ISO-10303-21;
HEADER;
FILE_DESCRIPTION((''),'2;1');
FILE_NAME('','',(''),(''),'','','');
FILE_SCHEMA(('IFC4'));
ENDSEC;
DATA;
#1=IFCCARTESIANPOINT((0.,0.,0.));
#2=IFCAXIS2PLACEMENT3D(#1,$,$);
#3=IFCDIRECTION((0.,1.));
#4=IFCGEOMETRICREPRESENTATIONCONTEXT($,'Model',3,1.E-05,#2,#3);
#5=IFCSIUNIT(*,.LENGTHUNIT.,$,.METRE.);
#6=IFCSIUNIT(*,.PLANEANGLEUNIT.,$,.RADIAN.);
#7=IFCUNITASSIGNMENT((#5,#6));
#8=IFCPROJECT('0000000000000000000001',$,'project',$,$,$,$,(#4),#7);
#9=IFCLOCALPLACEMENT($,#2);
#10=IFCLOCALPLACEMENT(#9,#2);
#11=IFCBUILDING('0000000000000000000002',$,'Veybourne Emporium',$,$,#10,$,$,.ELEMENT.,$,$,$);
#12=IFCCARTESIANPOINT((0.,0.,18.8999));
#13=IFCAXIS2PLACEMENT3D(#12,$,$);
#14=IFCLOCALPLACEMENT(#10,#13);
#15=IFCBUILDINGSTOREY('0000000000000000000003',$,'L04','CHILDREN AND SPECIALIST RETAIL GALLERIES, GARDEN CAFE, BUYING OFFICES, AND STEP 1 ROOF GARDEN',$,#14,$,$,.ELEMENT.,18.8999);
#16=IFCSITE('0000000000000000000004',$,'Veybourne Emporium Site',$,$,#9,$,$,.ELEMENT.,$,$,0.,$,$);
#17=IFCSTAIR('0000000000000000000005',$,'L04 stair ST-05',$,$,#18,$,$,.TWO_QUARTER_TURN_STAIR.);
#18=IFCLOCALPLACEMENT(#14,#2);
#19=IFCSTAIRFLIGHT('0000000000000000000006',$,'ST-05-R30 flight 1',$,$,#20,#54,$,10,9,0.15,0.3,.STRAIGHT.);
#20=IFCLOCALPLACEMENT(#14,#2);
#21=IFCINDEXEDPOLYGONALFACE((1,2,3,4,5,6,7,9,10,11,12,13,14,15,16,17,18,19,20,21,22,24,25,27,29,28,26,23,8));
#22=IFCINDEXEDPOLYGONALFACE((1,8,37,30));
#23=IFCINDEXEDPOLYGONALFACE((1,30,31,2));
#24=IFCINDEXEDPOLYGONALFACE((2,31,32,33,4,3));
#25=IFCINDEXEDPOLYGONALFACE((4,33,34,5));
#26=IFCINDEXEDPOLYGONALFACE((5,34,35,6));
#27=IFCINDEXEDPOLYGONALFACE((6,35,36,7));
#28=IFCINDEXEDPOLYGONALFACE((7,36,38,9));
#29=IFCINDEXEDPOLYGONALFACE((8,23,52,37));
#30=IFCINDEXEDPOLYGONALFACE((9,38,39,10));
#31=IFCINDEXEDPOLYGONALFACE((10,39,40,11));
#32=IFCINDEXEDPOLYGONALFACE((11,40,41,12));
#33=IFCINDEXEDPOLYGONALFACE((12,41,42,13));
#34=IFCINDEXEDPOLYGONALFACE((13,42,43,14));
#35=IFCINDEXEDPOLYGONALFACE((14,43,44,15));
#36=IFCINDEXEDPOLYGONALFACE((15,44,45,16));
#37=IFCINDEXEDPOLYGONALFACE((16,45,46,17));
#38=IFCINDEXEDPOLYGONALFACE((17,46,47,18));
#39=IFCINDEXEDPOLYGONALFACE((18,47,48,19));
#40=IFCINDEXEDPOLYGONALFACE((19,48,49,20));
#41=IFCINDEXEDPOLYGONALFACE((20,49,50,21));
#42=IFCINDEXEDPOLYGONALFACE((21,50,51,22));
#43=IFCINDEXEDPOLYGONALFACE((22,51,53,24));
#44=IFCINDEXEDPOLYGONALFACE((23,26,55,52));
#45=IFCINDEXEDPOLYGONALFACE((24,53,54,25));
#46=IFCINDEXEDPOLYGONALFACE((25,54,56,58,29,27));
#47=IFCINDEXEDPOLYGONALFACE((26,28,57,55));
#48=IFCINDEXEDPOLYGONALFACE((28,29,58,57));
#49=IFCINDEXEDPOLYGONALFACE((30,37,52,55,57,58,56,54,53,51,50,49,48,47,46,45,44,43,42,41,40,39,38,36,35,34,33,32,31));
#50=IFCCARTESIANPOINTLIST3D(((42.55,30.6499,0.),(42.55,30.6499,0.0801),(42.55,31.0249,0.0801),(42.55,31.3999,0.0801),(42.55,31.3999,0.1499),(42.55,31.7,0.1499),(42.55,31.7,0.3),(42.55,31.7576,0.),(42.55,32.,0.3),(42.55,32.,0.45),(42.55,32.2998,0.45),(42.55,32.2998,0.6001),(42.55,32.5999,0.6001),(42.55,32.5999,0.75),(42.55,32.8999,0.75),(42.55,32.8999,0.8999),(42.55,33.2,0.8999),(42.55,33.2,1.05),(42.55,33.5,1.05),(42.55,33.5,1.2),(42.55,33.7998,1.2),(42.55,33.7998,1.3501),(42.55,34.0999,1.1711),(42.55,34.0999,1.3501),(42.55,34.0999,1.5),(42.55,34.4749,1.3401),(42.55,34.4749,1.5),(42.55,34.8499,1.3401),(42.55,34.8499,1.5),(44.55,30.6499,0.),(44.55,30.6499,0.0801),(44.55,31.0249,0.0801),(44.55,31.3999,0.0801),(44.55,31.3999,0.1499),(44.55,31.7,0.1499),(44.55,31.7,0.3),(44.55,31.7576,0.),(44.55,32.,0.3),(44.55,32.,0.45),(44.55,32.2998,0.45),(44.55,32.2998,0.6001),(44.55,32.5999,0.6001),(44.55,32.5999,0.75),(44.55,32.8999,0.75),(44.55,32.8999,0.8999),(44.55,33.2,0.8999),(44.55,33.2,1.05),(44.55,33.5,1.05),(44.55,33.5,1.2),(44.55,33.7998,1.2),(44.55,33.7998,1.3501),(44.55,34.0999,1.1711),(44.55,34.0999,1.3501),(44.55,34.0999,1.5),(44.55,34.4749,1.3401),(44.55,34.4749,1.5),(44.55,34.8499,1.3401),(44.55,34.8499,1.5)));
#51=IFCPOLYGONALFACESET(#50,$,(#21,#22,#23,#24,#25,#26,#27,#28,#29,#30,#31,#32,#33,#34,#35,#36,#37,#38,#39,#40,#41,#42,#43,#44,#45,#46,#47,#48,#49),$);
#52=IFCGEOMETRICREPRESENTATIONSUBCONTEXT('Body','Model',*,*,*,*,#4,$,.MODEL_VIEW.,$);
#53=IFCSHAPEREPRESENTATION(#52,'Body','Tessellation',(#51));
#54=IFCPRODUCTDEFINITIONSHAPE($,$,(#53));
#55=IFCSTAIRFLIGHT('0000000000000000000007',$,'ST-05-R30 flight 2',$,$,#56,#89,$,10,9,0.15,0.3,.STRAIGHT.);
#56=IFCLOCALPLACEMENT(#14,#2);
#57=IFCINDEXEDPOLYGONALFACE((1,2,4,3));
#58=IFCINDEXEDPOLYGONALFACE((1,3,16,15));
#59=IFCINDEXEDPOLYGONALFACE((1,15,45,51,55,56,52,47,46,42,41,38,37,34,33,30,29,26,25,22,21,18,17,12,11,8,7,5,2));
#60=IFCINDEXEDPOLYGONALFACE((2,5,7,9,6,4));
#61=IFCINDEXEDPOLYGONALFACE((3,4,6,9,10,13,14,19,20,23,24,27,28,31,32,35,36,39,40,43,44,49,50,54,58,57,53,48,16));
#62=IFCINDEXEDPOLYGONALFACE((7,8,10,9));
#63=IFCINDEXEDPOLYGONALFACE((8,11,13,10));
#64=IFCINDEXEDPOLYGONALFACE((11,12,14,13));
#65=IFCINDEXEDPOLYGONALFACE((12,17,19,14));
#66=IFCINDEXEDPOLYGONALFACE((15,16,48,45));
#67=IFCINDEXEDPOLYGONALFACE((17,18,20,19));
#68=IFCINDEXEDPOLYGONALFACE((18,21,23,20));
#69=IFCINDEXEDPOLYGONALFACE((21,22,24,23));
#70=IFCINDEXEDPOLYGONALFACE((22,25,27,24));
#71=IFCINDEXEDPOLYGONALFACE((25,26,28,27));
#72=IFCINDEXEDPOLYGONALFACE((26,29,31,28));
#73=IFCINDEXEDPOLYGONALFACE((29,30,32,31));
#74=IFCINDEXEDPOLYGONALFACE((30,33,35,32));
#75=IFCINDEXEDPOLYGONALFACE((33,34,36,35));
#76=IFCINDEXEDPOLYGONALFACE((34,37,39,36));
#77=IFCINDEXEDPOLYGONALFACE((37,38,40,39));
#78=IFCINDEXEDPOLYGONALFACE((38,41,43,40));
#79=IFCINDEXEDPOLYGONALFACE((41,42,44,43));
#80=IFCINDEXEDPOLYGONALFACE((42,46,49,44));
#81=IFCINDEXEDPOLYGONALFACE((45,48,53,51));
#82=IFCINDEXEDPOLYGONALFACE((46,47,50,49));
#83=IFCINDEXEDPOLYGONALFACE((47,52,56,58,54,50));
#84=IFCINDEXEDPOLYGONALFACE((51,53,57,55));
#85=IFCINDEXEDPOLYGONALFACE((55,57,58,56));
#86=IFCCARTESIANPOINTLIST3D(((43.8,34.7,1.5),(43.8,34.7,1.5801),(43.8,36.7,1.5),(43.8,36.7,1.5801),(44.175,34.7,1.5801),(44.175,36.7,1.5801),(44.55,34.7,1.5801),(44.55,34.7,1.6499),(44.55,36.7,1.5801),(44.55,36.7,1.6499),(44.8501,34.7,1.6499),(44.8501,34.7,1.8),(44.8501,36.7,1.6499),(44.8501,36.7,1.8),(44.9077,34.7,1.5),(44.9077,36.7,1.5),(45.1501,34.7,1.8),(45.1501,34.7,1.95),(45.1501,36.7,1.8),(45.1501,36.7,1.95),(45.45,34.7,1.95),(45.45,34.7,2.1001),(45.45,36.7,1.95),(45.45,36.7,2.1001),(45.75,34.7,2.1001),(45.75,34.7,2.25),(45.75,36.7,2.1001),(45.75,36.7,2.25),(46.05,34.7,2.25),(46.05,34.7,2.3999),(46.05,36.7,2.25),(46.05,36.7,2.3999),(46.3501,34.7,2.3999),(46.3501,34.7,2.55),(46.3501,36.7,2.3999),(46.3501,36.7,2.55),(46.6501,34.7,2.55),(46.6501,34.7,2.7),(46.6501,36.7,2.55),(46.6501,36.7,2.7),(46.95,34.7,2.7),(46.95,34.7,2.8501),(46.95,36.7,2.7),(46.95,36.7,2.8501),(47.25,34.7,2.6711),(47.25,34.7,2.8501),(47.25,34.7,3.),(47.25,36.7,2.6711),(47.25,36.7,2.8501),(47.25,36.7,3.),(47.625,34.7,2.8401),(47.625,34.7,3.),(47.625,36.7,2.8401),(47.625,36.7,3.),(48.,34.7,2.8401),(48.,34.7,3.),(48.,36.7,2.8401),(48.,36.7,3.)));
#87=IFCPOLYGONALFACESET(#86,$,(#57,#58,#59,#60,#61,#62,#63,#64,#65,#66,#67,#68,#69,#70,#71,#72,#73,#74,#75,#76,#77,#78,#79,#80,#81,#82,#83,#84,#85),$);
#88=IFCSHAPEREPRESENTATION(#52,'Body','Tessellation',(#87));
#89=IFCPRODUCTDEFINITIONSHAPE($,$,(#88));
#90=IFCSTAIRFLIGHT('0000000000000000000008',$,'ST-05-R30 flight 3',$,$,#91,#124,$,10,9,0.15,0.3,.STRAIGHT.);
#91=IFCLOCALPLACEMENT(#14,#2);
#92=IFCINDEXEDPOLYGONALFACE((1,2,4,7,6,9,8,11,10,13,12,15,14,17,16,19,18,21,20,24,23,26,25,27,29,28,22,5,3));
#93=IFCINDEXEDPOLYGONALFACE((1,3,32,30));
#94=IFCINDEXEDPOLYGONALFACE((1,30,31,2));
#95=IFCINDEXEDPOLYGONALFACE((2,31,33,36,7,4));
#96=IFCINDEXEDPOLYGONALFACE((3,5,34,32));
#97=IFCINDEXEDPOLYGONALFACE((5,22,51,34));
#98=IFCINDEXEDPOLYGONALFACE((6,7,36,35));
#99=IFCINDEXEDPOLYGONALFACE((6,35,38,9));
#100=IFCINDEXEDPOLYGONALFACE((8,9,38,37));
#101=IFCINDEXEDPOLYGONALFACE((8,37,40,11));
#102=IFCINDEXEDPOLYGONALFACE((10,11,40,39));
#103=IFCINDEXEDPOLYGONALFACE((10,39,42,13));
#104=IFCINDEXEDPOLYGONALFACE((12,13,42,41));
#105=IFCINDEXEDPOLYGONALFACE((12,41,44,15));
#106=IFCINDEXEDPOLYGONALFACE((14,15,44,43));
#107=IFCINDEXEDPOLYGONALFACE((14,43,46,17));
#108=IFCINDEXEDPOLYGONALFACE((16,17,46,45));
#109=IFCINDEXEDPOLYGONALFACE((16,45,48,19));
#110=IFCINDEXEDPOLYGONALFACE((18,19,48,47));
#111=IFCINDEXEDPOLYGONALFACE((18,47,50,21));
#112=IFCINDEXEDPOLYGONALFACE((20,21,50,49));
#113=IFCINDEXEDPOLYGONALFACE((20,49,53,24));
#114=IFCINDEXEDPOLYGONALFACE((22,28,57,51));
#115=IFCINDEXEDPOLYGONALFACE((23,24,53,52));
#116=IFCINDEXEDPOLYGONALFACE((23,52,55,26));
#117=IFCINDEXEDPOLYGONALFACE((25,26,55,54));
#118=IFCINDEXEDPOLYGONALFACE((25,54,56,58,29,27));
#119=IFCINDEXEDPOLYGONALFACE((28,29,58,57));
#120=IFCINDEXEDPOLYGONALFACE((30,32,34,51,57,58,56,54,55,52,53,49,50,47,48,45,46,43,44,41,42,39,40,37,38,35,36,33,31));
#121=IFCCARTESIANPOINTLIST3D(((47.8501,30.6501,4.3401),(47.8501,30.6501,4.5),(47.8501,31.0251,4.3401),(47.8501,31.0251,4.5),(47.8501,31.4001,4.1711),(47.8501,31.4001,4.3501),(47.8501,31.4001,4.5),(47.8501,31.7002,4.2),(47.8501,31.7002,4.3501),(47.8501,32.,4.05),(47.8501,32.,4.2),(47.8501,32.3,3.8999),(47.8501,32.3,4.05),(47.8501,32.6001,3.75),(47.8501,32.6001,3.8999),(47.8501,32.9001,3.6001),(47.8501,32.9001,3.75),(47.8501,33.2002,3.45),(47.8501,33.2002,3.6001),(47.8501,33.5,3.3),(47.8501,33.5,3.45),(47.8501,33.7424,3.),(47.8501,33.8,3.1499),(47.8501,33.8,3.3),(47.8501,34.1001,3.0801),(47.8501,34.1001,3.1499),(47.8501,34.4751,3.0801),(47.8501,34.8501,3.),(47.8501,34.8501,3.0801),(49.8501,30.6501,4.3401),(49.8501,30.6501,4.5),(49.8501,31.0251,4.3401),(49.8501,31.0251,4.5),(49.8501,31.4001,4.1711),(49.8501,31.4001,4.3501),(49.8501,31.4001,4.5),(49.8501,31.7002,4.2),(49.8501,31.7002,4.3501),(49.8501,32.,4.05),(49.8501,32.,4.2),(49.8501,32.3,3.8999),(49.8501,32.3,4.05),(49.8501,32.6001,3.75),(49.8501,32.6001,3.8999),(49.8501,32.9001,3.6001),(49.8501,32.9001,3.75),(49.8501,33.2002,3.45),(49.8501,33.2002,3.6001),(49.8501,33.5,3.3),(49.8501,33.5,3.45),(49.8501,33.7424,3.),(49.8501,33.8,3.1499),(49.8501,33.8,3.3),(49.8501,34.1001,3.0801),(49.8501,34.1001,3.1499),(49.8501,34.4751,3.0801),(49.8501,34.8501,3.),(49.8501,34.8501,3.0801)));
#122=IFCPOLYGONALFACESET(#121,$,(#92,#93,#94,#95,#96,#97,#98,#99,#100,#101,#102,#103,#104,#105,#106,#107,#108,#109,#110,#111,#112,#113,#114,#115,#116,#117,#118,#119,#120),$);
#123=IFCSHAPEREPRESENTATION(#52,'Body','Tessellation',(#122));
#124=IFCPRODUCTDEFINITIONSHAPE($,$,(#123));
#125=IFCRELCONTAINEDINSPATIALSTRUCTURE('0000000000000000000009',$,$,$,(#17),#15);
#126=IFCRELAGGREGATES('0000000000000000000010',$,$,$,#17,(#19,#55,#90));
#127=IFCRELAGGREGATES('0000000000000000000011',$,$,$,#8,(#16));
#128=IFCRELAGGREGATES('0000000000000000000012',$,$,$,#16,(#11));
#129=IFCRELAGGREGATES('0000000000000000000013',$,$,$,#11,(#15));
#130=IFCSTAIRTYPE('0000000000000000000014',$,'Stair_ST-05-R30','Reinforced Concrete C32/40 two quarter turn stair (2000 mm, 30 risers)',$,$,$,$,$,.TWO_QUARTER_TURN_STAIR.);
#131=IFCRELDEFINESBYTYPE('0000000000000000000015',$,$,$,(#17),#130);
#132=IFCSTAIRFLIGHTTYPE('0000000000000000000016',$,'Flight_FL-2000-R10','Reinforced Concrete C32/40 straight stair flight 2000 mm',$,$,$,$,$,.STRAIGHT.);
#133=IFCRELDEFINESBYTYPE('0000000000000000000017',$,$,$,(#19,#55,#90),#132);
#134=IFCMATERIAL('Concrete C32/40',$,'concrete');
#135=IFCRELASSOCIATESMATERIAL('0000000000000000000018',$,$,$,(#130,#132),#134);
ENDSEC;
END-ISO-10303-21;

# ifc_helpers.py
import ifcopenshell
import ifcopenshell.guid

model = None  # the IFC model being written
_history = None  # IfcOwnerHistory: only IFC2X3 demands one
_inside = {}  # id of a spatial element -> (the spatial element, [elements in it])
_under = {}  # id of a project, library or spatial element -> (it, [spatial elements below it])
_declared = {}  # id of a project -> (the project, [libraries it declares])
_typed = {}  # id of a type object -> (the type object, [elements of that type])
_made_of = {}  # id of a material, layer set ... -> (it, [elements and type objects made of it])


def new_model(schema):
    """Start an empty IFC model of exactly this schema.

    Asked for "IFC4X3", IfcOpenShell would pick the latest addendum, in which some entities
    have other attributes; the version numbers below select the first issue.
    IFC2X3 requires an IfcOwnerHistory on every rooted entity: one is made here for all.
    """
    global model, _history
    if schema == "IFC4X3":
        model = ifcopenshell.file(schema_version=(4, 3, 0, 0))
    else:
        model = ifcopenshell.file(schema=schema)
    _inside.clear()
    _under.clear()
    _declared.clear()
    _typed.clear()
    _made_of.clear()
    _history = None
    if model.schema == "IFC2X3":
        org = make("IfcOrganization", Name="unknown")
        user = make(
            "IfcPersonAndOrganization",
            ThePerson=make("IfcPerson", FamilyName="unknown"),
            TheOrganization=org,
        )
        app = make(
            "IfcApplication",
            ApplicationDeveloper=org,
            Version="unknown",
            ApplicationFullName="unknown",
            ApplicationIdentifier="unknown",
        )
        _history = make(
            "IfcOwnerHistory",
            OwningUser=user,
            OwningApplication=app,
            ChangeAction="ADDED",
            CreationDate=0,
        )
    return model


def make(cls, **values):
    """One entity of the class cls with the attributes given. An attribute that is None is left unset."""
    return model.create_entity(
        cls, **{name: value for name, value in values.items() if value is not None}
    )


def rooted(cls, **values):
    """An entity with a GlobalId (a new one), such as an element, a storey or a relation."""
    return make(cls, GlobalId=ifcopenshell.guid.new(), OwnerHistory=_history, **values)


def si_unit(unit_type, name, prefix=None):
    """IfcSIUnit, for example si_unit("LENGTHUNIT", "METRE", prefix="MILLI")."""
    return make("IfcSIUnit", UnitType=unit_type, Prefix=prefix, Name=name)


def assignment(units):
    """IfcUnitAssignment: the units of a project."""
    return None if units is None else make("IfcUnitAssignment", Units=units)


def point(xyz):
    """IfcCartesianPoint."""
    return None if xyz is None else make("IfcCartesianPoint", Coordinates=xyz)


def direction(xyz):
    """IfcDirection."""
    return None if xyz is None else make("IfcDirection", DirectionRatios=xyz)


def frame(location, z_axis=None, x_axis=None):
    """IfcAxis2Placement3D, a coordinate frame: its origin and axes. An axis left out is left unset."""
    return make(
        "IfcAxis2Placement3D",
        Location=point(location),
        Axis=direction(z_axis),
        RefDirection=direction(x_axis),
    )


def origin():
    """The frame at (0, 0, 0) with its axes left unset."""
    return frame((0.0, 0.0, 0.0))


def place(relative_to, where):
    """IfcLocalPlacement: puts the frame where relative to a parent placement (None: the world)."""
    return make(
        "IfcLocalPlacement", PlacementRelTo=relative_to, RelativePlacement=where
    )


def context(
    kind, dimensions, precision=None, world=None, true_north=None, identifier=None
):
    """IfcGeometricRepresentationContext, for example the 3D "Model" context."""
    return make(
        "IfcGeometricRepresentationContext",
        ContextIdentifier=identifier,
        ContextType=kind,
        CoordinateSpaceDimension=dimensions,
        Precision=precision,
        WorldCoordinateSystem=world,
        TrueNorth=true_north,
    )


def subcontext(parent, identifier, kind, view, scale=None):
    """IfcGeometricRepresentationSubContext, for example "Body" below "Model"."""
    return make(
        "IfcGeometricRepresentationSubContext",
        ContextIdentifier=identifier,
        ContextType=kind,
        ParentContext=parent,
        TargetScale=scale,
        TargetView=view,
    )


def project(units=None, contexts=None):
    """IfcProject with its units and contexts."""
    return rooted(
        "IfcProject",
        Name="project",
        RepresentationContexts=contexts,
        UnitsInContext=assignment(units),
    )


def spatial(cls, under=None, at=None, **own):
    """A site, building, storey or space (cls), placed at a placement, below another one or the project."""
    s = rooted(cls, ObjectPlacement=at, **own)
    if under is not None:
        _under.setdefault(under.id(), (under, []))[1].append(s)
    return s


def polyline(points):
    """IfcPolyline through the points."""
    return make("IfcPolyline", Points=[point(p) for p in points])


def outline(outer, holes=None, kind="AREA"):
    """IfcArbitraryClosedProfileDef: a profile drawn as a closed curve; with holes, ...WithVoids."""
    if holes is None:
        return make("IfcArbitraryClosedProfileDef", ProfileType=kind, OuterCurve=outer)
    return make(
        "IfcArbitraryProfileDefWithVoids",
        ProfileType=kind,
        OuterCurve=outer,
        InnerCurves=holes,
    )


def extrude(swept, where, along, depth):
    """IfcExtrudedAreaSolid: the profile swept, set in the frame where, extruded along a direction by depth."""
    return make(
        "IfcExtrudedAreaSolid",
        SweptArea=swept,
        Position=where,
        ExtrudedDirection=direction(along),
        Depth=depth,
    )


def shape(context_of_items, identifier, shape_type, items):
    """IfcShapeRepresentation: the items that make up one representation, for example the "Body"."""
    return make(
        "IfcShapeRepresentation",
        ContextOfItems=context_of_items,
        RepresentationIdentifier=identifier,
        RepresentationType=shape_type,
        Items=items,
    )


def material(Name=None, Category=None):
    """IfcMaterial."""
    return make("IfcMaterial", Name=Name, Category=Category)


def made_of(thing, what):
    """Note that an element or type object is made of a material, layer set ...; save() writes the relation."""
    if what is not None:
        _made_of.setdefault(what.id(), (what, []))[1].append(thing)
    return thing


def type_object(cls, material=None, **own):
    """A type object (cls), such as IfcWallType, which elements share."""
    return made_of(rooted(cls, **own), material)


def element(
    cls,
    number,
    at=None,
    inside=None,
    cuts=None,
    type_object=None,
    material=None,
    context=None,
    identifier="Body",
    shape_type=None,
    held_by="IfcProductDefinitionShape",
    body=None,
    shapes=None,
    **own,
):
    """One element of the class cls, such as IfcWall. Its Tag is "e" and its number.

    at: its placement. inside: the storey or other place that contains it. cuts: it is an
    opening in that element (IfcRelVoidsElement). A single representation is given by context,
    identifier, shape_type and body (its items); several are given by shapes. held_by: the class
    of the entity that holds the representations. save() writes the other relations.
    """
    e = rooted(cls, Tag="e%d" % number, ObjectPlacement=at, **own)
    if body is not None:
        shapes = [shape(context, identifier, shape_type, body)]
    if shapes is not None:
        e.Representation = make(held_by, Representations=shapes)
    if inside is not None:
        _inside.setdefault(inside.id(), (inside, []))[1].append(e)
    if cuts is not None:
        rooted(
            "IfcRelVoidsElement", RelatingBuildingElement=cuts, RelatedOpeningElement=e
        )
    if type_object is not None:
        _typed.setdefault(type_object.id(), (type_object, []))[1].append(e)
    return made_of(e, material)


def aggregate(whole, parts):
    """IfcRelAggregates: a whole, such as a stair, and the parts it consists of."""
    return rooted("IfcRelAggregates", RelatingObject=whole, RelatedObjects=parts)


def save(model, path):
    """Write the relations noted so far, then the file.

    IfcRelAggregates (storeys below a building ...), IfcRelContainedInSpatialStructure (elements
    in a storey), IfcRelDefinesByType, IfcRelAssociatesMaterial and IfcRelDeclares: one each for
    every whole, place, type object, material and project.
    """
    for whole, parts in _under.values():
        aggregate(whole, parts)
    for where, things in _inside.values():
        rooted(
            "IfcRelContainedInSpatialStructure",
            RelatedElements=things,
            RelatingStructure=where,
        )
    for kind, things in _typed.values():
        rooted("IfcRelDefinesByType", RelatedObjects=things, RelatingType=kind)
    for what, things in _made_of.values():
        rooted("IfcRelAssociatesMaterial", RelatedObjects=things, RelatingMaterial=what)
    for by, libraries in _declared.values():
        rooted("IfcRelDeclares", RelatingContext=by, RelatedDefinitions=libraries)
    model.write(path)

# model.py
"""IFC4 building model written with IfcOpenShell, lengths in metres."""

from ifc_helpers import new_model, si_unit, direction, frame, origin, place, context, subcontext, project, spatial, polyline, outline, extrude, material, type_object, element, aggregate, save


model = new_model("IFC4")

# Units and contexts
model_context = context("Model", 3, precision=1e-05, world=origin(), true_north=direction((0.0, 1.0)))
body_context = subcontext(model_context, "Body", "Model", "MODEL_VIEW")
ifc_project = project(units=[si_unit("LENGTHUNIT", "METRE"), si_unit("PLANEANGLEUNIT", "RADIAN")], contexts=[model_context])

# Site, building, storey
site_placement = place(None, origin())
site = spatial("IfcSite", under=ifc_project, at=site_placement, Name="Veybourne Emporium Site", CompositionType="ELEMENT", RefElevation=0.0)
building_placement = place(site_placement, origin())
building = spatial("IfcBuilding", under=site, at=building_placement, Name="Veybourne Emporium", CompositionType="ELEMENT")
storey_placement = place(building_placement, frame((0.0, 0.0, 18.8999)))
storey = spatial("IfcBuildingStorey", under=building, at=storey_placement, Name="L04", Description="CHILDREN AND SPECIALIST RETAIL GALLERIES, GARDEN CAFE, BUYING OFFICES, AND STEP 1 ROOF GARDEN", CompositionType="ELEMENT", Elevation=18.8999)

# Shared definitions
ifc_material_1 = material(Name="Concrete C32/40", Category="concrete")

# Stair, stair flights
stair_type = type_object("IfcStairType", Name="Stair_ST-05-R30", Description="Reinforced Concrete C32/40 two quarter turn stair (2000 mm, 30 risers)", PredefinedType="TWO_QUARTER_TURN_STAIR", material=ifc_material_1)
stair_placement = place(storey_placement, origin())
stair = element("IfcStair", 1, at=stair_placement, inside=storey, type_object=stair_type, Name="L04 stair ST-05", PredefinedType="TWO_QUARTER_TURN_STAIR")
stair_flight_type = type_object("IfcStairFlightType", Name="Flight_FL-2000-R10", Description="Reinforced Concrete C32/40 straight stair flight 2000 mm", PredefinedType="STRAIGHT", material=ifc_material_1)
stair_flight_1_placement = place(storey_placement, frame((43.55, 31.3999, 0.0), z_axis=(0.0, 0.0, 1.0), x_axis=(0.0, 1.0, 0.0)))
stair_flight_1 = element("IfcStairFlight", 2, at=stair_flight_1_placement, type_object=stair_flight_type, Name="ST-05-R30 flight 1", NumberOfRisers=10, NumberOfTreads=9, PredefinedType="STRAIGHT", RiserHeight=0.15, TreadLength=0.3, context=body_context, shape_type="SweptSolid", body=[
    extrude(outline(polyline([(-0.75, 0.0), (-0.75, 0.0801), (-0.375, 0.0801), (0.0, 0.0801), (0.0, 0.1499), (0.3, 0.1499), (0.3, 0.3), (0.6001, 0.3), (0.6001, 0.45), (0.8999, 0.45), (0.8999, 0.6001), (1.2, 0.6001), (1.2, 0.75), (1.5, 0.75), (1.5, 0.8999), (1.8, 0.8999), (1.8, 1.05), (2.1001, 1.05), (2.1001, 1.2), (2.3999, 1.2), (2.3999, 1.3501), (2.7, 1.3501), (2.7, 1.5), (3.075, 1.5), (3.45, 1.5), (3.45, 1.3401), (3.075, 1.3401), (2.7, 1.1711), (0.3577, 0.0), (-0.75, 0.0)])), frame((0.0, 1.0, 0.0), z_axis=(0.0, -1.0, 0.0), x_axis=(1.0, 0.0, 0.0)), (0.0, 0.0, 1.0), 2.0),
])
stair_flight_2_placement = place(storey_placement, frame((44.55, 35.7, 1.5), z_axis=(0.0, 0.0, 1.0), x_axis=(1.0, 0.0, 0.0)))
stair_flight_2 = element("IfcStairFlight", 3, at=stair_flight_2_placement, type_object=stair_flight_type, Name="ST-05-R30 flight 2", NumberOfRisers=10, NumberOfTreads=9, PredefinedType="STRAIGHT", RiserHeight=0.15, TreadLength=0.3, context=body_context, shape_type="SweptSolid", body=[
    extrude(outline(polyline([(-0.75, 0.0), (-0.75, 0.0801), (-0.375, 0.0801), (0.0, 0.0801), (0.0, 0.1499), (0.3, 0.1499), (0.3, 0.3), (0.6001, 0.3), (0.6001, 0.45), (0.8999, 0.45), (0.8999, 0.6001), (1.2, 0.6001), (1.2, 0.75), (1.5, 0.75), (1.5, 0.8999), (1.8, 0.8999), (1.8, 1.05), (2.1001, 1.05), (2.1001, 1.2), (2.3999, 1.2), (2.3999, 1.3501), (2.7, 1.3501), (2.7, 1.5), (3.075, 1.5), (3.45, 1.5), (3.45, 1.3401), (3.075, 1.3401), (2.7, 1.1711), (0.3577, 0.0), (-0.75, 0.0)])), frame((0.0, 1.0, 0.0), z_axis=(0.0, -1.0, 0.0), x_axis=(1.0, 0.0, 0.0)), (0.0, 0.0, 1.0), 2.0),
])
stair_flight_3_placement = place(storey_placement, frame((48.8501, 34.1001, 3.0), z_axis=(0.0, 0.0, 1.0), x_axis=(0.0, -1.0, 0.0)))
stair_flight_3 = element("IfcStairFlight", 4, at=stair_flight_3_placement, type_object=stair_flight_type, Name="ST-05-R30 flight 3", NumberOfRisers=10, NumberOfTreads=9, PredefinedType="STRAIGHT", RiserHeight=0.15, TreadLength=0.3, context=body_context, shape_type="SweptSolid", body=[
    extrude(outline(polyline([(-0.75, 0.0), (-0.75, 0.0801), (-0.375, 0.0801), (0.0, 0.0801), (0.0, 0.1499), (0.3, 0.1499), (0.3, 0.3), (0.6001, 0.3), (0.6001, 0.45), (0.8999, 0.45), (0.8999, 0.6001), (1.2, 0.6001), (1.2, 0.75), (1.5, 0.75), (1.5, 0.8999), (1.8, 0.8999), (1.8, 1.05), (2.1001, 1.05), (2.1001, 1.2), (2.3999, 1.2), (2.3999, 1.3501), (2.7, 1.3501), (2.7, 1.5), (3.075, 1.5), (3.45, 1.5), (3.45, 1.3401), (3.075, 1.3401), (2.7, 1.1711), (0.3577, 0.0), (-0.75, 0.0)])), frame((0.0, 1.0, 0.0), z_axis=(0.0, -1.0, 0.0), x_axis=(1.0, 0.0, 0.0)), (0.0, 0.0, 1.0), 2.0),
])
aggregate(stair, [stair_flight_1, stair_flight_2, stair_flight_3])

save(model, "model.ifc")
